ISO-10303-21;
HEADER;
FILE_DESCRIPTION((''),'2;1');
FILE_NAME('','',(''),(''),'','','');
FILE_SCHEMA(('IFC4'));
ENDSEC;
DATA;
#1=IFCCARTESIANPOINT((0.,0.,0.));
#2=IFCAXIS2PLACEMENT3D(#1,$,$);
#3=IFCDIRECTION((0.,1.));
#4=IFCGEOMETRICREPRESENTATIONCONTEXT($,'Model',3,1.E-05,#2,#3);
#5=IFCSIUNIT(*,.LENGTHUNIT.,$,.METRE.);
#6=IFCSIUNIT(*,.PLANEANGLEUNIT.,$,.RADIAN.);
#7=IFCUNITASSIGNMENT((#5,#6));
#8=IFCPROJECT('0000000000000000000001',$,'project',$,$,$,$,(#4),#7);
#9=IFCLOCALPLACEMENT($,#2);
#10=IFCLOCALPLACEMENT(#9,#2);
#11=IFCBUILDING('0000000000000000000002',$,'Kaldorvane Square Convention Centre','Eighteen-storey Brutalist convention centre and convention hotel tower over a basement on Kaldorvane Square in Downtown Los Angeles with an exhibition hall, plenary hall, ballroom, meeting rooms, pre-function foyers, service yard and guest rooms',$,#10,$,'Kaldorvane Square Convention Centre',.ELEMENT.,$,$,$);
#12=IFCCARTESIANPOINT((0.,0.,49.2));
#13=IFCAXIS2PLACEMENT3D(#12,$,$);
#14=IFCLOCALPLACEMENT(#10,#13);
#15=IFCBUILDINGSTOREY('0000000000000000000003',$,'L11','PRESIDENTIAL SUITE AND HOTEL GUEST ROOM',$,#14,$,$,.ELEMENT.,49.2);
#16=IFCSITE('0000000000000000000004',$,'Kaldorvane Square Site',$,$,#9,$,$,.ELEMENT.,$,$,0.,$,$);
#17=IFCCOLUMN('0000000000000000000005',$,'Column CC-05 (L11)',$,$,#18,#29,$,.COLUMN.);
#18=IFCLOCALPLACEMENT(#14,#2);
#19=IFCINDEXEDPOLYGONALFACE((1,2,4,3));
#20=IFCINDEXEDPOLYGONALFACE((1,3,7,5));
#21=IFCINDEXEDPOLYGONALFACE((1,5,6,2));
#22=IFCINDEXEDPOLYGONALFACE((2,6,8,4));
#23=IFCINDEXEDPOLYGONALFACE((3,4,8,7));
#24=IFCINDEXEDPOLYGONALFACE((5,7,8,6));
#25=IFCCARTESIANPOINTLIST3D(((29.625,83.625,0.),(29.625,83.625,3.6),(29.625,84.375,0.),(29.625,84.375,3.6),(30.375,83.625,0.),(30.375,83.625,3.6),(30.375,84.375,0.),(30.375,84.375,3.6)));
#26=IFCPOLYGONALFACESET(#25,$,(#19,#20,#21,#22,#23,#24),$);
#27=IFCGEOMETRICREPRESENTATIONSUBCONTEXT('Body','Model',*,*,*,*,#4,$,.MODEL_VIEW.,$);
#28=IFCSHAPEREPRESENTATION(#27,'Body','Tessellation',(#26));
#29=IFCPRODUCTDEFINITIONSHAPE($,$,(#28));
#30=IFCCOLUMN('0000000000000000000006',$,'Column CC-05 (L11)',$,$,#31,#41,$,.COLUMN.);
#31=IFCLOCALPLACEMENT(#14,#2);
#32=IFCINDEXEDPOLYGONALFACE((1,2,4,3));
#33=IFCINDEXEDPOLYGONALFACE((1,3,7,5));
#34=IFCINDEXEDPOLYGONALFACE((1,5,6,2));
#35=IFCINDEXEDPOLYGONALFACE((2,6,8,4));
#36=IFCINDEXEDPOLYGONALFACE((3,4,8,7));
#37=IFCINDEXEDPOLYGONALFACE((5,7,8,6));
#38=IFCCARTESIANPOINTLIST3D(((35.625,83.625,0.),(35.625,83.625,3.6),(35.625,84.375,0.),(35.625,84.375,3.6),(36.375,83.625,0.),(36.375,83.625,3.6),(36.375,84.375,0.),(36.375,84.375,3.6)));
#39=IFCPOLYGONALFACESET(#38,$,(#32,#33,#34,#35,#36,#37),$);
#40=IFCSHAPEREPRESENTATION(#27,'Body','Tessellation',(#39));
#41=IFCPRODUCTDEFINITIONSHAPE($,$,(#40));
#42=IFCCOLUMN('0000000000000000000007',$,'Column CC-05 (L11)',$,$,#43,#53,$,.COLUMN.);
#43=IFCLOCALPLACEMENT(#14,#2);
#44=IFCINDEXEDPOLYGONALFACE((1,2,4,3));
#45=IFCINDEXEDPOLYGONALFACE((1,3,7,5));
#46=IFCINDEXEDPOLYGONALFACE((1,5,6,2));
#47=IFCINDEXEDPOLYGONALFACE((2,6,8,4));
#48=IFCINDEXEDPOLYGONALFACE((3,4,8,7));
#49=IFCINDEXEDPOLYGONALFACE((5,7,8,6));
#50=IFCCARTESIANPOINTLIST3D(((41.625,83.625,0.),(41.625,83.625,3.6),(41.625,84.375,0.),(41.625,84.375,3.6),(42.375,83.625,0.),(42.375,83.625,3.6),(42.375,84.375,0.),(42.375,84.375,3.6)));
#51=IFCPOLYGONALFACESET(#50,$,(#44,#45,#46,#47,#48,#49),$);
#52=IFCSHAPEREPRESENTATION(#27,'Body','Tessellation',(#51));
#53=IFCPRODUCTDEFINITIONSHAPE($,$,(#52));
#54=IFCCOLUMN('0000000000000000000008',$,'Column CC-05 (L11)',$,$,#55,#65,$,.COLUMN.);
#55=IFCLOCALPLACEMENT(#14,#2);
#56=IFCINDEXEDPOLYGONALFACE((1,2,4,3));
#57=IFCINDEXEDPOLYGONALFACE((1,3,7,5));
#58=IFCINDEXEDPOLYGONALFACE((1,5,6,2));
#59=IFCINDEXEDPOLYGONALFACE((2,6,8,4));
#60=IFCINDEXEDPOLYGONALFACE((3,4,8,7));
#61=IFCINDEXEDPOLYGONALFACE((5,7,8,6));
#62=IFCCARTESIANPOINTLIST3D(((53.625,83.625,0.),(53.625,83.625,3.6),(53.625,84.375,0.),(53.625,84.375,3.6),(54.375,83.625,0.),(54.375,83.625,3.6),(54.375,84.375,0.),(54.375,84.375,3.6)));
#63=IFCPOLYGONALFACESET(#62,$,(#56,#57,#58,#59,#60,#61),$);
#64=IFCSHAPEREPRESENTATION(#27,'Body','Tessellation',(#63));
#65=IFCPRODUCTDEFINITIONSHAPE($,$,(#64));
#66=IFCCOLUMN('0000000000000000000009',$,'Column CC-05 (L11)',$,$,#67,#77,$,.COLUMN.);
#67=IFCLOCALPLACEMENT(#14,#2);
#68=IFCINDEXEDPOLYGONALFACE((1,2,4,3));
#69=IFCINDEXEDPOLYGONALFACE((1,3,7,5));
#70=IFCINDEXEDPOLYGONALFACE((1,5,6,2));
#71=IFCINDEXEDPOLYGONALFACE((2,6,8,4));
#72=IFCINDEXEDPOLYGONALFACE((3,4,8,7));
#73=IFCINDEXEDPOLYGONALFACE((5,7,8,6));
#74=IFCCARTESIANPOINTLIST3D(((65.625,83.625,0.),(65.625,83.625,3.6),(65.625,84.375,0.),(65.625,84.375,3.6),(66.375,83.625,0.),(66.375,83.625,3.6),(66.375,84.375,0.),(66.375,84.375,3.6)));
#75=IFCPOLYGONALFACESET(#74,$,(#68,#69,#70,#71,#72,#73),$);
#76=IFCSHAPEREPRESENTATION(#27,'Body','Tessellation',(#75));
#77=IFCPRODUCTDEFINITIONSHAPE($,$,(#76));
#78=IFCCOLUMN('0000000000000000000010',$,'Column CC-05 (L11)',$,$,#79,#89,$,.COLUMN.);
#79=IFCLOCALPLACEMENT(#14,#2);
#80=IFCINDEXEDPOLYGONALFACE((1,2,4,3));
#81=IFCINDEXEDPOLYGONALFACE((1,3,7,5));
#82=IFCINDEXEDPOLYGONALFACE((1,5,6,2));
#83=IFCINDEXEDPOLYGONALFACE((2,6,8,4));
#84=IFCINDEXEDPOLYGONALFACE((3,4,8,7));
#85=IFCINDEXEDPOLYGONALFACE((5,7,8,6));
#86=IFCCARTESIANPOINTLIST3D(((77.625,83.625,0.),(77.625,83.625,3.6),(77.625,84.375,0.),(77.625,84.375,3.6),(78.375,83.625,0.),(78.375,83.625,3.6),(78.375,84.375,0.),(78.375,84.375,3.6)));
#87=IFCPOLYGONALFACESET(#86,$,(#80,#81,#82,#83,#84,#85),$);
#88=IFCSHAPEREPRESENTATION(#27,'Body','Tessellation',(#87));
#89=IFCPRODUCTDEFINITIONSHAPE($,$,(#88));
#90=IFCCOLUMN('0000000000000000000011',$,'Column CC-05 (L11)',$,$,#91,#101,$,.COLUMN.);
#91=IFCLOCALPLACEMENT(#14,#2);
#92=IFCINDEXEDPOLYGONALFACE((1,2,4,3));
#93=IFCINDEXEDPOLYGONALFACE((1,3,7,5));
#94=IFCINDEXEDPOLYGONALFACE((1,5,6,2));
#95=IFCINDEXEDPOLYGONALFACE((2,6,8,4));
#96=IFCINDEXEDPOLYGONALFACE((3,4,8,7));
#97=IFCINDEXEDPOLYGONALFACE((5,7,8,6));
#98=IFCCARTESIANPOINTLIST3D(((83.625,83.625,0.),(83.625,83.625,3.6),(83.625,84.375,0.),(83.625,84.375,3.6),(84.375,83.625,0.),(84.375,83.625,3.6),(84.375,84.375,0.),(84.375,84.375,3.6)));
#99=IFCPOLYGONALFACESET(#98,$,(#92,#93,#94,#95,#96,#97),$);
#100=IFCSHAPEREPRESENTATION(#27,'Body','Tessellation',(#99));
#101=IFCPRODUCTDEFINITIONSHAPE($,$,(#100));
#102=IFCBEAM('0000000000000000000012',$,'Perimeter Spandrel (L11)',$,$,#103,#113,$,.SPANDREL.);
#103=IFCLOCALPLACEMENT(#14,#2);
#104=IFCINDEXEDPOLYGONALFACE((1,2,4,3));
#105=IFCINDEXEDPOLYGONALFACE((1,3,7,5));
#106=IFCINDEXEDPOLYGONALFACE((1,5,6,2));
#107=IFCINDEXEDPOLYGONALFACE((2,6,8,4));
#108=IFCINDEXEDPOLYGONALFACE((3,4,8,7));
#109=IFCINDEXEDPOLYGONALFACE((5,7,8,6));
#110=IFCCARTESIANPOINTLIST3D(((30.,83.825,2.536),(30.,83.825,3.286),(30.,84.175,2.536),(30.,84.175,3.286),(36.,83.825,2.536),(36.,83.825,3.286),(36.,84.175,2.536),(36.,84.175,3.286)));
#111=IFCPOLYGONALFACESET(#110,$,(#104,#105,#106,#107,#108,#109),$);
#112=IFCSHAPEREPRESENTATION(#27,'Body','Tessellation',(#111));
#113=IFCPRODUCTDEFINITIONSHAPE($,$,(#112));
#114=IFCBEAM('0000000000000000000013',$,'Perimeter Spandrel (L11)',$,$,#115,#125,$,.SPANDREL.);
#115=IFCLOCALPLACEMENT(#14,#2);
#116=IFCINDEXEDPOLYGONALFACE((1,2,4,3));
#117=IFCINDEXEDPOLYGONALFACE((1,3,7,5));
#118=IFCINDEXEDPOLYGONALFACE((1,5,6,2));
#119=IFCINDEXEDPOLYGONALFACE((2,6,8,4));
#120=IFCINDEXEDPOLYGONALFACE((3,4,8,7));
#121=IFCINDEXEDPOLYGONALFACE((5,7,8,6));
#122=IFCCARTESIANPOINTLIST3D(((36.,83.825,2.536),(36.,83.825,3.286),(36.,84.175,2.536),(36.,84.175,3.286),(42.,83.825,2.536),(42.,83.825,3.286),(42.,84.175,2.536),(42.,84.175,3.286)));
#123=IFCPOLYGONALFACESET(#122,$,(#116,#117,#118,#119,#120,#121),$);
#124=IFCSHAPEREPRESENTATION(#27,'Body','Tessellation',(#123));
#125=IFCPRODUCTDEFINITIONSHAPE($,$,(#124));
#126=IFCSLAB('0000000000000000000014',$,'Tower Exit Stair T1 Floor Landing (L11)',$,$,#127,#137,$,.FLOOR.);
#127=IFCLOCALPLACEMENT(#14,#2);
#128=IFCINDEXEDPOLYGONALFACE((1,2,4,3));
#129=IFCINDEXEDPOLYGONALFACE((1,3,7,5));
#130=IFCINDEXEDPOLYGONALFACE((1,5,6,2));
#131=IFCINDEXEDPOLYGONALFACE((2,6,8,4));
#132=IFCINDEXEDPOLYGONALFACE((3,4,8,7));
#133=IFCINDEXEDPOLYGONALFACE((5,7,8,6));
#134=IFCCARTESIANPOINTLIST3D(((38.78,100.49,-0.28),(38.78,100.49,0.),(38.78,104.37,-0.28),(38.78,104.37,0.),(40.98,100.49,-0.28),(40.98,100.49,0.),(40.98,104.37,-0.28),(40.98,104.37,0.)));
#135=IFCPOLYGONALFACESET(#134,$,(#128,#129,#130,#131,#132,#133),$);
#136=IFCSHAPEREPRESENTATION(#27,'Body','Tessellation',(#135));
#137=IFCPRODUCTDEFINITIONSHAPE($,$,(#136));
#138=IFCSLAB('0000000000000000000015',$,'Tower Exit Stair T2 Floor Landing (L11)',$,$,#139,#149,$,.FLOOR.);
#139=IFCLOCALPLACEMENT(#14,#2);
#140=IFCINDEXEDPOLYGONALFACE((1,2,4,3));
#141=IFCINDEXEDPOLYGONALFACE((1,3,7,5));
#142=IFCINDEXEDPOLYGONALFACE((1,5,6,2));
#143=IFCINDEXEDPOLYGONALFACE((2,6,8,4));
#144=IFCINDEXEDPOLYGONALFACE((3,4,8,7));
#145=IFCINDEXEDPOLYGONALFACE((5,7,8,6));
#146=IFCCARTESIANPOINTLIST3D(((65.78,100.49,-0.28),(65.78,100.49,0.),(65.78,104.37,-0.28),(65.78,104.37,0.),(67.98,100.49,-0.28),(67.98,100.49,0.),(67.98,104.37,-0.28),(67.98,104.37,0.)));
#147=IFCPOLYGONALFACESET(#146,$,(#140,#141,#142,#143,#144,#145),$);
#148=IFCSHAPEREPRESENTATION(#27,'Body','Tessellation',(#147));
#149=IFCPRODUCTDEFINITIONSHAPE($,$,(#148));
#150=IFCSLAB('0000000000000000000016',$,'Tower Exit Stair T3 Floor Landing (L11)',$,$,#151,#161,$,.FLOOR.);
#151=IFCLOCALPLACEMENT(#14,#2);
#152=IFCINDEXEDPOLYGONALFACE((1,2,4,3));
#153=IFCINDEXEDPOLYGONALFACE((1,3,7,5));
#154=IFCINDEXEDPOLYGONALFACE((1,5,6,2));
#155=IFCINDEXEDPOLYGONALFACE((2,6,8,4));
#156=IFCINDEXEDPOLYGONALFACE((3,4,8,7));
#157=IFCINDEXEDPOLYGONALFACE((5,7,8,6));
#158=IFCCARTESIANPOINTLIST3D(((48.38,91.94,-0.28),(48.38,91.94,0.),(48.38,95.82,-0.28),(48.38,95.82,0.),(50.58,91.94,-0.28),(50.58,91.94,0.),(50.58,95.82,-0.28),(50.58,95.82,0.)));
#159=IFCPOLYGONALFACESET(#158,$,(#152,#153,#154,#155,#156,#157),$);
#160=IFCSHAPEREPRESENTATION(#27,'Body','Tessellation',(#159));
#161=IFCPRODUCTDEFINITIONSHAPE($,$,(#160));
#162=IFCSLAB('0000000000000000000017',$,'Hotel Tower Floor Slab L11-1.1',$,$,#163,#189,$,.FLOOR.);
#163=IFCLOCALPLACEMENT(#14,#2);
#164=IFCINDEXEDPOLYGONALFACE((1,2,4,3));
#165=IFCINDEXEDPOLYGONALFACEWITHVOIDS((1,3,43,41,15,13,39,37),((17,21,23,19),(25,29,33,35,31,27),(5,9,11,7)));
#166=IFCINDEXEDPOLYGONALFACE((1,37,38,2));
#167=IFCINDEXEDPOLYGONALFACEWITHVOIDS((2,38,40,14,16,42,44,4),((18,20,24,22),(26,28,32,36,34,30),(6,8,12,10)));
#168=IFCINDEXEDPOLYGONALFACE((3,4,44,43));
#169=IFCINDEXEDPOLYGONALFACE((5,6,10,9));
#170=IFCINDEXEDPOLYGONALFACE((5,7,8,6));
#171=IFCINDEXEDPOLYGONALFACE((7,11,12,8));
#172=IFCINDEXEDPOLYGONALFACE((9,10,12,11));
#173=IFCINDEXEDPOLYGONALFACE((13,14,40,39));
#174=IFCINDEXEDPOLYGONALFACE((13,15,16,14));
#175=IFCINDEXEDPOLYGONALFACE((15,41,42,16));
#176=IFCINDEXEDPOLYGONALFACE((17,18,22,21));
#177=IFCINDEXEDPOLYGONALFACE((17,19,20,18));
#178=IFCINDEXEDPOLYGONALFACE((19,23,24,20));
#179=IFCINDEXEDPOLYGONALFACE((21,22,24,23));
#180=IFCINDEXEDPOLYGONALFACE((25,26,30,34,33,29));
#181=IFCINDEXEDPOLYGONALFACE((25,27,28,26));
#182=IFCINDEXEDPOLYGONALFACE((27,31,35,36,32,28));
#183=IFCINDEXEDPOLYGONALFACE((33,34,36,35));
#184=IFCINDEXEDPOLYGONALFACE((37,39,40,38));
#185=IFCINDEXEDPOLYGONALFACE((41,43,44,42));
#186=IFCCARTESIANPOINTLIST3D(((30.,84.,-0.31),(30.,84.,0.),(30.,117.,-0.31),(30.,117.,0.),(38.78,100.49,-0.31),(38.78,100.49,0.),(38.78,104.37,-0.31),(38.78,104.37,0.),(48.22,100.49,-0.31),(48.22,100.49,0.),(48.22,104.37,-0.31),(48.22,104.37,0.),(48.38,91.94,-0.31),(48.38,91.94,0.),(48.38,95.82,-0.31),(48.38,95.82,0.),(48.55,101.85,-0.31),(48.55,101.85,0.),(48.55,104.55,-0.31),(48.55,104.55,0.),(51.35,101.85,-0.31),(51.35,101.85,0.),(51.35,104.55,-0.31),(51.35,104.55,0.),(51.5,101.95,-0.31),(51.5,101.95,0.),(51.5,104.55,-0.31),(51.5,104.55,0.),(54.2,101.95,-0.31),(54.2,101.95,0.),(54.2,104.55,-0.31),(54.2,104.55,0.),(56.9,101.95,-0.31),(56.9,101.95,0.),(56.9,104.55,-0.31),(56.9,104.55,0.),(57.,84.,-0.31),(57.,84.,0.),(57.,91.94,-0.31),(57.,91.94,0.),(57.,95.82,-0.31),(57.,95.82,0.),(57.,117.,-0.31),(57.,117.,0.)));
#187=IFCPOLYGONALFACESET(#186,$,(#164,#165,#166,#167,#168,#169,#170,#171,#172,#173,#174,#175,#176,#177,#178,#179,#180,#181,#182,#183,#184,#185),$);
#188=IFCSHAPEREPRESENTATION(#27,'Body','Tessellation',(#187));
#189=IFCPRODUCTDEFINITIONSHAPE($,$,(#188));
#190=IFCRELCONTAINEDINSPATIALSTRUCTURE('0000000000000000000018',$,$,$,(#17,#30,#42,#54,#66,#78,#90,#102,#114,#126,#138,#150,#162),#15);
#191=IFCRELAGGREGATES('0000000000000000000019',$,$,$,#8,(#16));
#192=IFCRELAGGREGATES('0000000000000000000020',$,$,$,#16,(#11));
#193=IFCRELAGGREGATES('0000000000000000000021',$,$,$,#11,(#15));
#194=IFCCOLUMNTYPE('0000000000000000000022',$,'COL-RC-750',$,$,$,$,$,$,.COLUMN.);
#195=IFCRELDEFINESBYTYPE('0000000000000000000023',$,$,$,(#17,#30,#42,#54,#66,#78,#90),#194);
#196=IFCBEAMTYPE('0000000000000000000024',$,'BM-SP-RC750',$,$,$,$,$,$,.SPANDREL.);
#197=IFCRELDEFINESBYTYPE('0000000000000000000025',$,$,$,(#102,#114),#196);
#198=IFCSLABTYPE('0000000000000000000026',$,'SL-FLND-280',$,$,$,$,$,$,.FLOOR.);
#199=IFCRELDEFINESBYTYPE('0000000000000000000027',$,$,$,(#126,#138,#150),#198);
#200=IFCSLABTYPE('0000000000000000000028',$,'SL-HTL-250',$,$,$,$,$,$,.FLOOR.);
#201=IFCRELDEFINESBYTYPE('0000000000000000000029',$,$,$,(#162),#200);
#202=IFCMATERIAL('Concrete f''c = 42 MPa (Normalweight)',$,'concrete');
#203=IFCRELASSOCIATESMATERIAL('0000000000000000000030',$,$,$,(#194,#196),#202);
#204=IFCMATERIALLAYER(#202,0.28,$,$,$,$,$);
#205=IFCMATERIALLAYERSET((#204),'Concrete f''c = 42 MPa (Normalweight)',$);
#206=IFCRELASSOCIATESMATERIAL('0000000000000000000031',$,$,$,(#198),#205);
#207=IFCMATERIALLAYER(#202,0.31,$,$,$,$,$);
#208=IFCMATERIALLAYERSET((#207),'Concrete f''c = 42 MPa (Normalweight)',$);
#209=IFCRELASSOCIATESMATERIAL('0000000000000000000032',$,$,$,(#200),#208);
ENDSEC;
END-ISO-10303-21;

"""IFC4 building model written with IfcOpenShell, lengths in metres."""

from ifc_helpers import new_model, si_unit, direction, frame, origin, origin_2d, place, context, subcontext, project, spatial, polyline, rectangle, outline, extrude, material, layer, layer_set, material_profile, profile_set, type_object, element, save


model = new_model("IFC4")

# Units and contexts
model_context = context("Model", 3, precision=1e-05, world=origin(), true_north=direction((0.0, 1.0)))
body_context = subcontext(model_context, "Body", "Model", "MODEL_VIEW")
ifc_project = project(units=[si_unit("LENGTHUNIT", "METRE"), si_unit("PLANEANGLEUNIT", "RADIAN")], contexts=[model_context])

# Site, building, storey
site_placement = place(None, origin())
site = spatial("IfcSite", under=ifc_project, at=site_placement, Name="Kaldorvane Square Site", CompositionType="ELEMENT", RefElevation=0.0)
building_placement = place(site_placement, origin())
building = spatial("IfcBuilding", under=site, at=building_placement, Name="Kaldorvane Square Convention Centre", Description="Eighteen-storey Brutalist convention centre and convention hotel tower over a basement on Kaldorvane Square in Downtown Los Angeles with an exhibition hall, plenary hall, ballroom, meeting rooms, pre-function foyers, service yard and guest rooms", LongName="Kaldorvane Square Convention Centre", CompositionType="ELEMENT")
storey_placement = place(building_placement, frame((0.0, 0.0, 49.2)))
storey = spatial("IfcBuildingStorey", under=building, at=storey_placement, Name="L11", Description="PRESIDENTIAL SUITE AND HOTEL GUEST ROOM", CompositionType="ELEMENT", Elevation=49.2)

# Columns
ifc_material = material(Name="Concrete f'c = 42 MPa (Normalweight)", Category="concrete")
ifc_material_profile_1 = material_profile(ifc_material, rectangle(XDim=0.75, YDim=0.75, at=origin_2d()), Name="RC750X750")
ifc_profile_set_1 = profile_set([ifc_material_profile_1], Name="Concrete f'c = 42 MPa (Normalweight)")
column_type = type_object("IfcColumnType", Name="COL-RC-750", PredefinedType="COLUMN", material=ifc_profile_set_1)
for number, where, z_axis, x_axis, name in (
    (1, (30.0, 84.0, 0.0), (0.0, 0.0, 1.0), (1.0, 0.0, 0.0), "Column CC-05 (L11)"),
    (2, (36.0, 84.0, 0.0), (0.0, 0.0, 1.0), (1.0, 0.0, 0.0), "Column CC-05 (L11)"),
    (3, (42.0, 84.0, 0.0), (0.0, 0.0, 1.0), (1.0, 0.0, 0.0), "Column CC-05 (L11)"),
    (4, (54.0, 84.0, 0.0), (0.0, 0.0, 1.0), (1.0, 0.0, 0.0), "Column CC-05 (L11)"),
    (5, (66.0, 84.0, 0.0), (0.0, 0.0, 1.0), (1.0, 0.0, 0.0), "Column CC-05 (L11)"),
    (6, (78.0, 84.0, 0.0), (0.0, 0.0, 1.0), (1.0, 0.0, 0.0), "Column CC-05 (L11)"),
    (7, (84.0, 84.0, 0.0), (0.0, 0.0, 1.0), (1.0, 0.0, 0.0), "Column CC-05 (L11)"),
):
    element("IfcColumn", number, at=place(storey_placement, frame(where, z_axis=z_axis, x_axis=x_axis)), inside=storey, type_object=column_type, Name=name, PredefinedType="COLUMN", context=body_context, shape_type="SweptSolid", body=[
        extrude(rectangle(XDim=0.75, YDim=0.75, at=origin_2d()), origin(), (0.0, 0.0, 1.0), 3.6),
    ])

# Beams
ifc_material_profile_2 = material_profile(ifc_material, rectangle(XDim=0.35, YDim=0.75, at=origin_2d()), Name="RCSP750X350")
ifc_profile_set_2 = profile_set([ifc_material_profile_2], Name="Concrete f'c = 42 MPa (Normalweight)")
beam_type = type_object("IfcBeamType", Name="BM-SP-RC750", PredefinedType="SPANDREL", material=ifc_profile_set_2)
for number, where, z_axis, x_axis, name in (
    (8, (30.0, 84.0, 2.911), (1.0, 0.0, 0.0), (0.0, 1.0, 0.0), "Perimeter Spandrel (L11)"),
    (9, (36.0, 84.0, 2.911), (1.0, 0.0, 0.0), (0.0, 1.0, 0.0), "Perimeter Spandrel (L11)"),
):
    element("IfcBeam", number, at=place(storey_placement, frame(where, z_axis=z_axis, x_axis=x_axis)), inside=storey, type_object=beam_type, Name=name, PredefinedType="SPANDREL", context=body_context, shape_type="SweptSolid", body=[
        extrude(rectangle(XDim=0.35, YDim=0.75, at=origin_2d()), origin(), (0.0, 0.0, 1.0), 6.0),
    ])

# Slabs
ifc_layer_1 = layer(ifc_material, 0.28)
ifc_layer_set_1 = layer_set([ifc_layer_1], Name="Concrete f'c = 42 MPa (Normalweight)")
slab_type_1 = type_object("IfcSlabType", Name="SL-FLND-280", PredefinedType="FLOOR", material=ifc_layer_set_1)
slab_1_placement = place(storey_placement, frame((0.0, 0.0, -0.28)))
element("IfcSlab", 10, at=slab_1_placement, inside=storey, type_object=slab_type_1, Name="Tower Exit Stair T1 Floor Landing (L11)", PredefinedType="FLOOR", context=body_context, shape_type="SweptSolid", body=[
    extrude(outline(polyline([(38.78, 100.49), (40.98, 100.49), (40.98, 104.37), (38.78, 104.37), (38.78, 100.49)])), origin(), (0.0, 0.0, 1.0), 0.28),
])
slab_2_placement = place(storey_placement, frame((0.0, 0.0, -0.28)))
element("IfcSlab", 11, at=slab_2_placement, inside=storey, type_object=slab_type_1, Name="Tower Exit Stair T2 Floor Landing (L11)", PredefinedType="FLOOR", context=body_context, shape_type="SweptSolid", body=[
    extrude(outline(polyline([(65.78, 100.49), (67.98, 100.49), (67.98, 104.37), (65.78, 104.37), (65.78, 100.49)])), origin(), (0.0, 0.0, 1.0), 0.28),
])
slab_3_placement = place(storey_placement, frame((0.0, 0.0, -0.28)))
element("IfcSlab", 12, at=slab_3_placement, inside=storey, type_object=slab_type_1, Name="Tower Exit Stair T3 Floor Landing (L11)", PredefinedType="FLOOR", context=body_context, shape_type="SweptSolid", body=[
    extrude(outline(polyline([(48.38, 91.94), (50.58, 91.94), (50.58, 95.82), (48.38, 95.82), (48.38, 91.94)])), origin(), (0.0, 0.0, 1.0), 0.28),
])
ifc_layer_2 = layer(ifc_material, 0.31)
ifc_layer_set_2 = layer_set([ifc_layer_2], Name="Concrete f'c = 42 MPa (Normalweight)")
slab_type_2 = type_object("IfcSlabType", Name="SL-HTL-250", PredefinedType="FLOOR", material=ifc_layer_set_2)
slab_4_placement = place(storey_placement, frame((0.0, 0.0, -0.31)))
element("IfcSlab", 13, at=slab_4_placement, inside=storey, type_object=slab_type_2, Name="Hotel Tower Floor Slab L11-1.1", PredefinedType="FLOOR", context=body_context, shape_type="SweptSolid", body=[
    extrude(outline(polyline([(30.0, 117.0), (57.0, 117.0), (57.0, 95.82), (48.38, 95.82), (48.38, 91.94), (57.0, 91.94), (57.0, 84.0), (30.0, 84.0), (30.0, 117.0)]), holes=[polyline([(38.78, 104.37), (38.78, 100.49), (48.22, 100.49), (48.22, 104.37), (38.78, 104.37)]), polyline([(48.55, 104.55), (48.55, 101.85), (51.35, 101.85), (51.35, 104.55), (48.55, 104.55)]), polyline([(51.5, 104.55), (51.5, 101.95), (54.2, 101.95), (56.9, 101.95), (56.9, 104.55), (54.2, 104.55), (51.5, 104.55)])]), origin(), (0.0, 0.0, 1.0), 0.31),
])

save(model, "model.ifc")
